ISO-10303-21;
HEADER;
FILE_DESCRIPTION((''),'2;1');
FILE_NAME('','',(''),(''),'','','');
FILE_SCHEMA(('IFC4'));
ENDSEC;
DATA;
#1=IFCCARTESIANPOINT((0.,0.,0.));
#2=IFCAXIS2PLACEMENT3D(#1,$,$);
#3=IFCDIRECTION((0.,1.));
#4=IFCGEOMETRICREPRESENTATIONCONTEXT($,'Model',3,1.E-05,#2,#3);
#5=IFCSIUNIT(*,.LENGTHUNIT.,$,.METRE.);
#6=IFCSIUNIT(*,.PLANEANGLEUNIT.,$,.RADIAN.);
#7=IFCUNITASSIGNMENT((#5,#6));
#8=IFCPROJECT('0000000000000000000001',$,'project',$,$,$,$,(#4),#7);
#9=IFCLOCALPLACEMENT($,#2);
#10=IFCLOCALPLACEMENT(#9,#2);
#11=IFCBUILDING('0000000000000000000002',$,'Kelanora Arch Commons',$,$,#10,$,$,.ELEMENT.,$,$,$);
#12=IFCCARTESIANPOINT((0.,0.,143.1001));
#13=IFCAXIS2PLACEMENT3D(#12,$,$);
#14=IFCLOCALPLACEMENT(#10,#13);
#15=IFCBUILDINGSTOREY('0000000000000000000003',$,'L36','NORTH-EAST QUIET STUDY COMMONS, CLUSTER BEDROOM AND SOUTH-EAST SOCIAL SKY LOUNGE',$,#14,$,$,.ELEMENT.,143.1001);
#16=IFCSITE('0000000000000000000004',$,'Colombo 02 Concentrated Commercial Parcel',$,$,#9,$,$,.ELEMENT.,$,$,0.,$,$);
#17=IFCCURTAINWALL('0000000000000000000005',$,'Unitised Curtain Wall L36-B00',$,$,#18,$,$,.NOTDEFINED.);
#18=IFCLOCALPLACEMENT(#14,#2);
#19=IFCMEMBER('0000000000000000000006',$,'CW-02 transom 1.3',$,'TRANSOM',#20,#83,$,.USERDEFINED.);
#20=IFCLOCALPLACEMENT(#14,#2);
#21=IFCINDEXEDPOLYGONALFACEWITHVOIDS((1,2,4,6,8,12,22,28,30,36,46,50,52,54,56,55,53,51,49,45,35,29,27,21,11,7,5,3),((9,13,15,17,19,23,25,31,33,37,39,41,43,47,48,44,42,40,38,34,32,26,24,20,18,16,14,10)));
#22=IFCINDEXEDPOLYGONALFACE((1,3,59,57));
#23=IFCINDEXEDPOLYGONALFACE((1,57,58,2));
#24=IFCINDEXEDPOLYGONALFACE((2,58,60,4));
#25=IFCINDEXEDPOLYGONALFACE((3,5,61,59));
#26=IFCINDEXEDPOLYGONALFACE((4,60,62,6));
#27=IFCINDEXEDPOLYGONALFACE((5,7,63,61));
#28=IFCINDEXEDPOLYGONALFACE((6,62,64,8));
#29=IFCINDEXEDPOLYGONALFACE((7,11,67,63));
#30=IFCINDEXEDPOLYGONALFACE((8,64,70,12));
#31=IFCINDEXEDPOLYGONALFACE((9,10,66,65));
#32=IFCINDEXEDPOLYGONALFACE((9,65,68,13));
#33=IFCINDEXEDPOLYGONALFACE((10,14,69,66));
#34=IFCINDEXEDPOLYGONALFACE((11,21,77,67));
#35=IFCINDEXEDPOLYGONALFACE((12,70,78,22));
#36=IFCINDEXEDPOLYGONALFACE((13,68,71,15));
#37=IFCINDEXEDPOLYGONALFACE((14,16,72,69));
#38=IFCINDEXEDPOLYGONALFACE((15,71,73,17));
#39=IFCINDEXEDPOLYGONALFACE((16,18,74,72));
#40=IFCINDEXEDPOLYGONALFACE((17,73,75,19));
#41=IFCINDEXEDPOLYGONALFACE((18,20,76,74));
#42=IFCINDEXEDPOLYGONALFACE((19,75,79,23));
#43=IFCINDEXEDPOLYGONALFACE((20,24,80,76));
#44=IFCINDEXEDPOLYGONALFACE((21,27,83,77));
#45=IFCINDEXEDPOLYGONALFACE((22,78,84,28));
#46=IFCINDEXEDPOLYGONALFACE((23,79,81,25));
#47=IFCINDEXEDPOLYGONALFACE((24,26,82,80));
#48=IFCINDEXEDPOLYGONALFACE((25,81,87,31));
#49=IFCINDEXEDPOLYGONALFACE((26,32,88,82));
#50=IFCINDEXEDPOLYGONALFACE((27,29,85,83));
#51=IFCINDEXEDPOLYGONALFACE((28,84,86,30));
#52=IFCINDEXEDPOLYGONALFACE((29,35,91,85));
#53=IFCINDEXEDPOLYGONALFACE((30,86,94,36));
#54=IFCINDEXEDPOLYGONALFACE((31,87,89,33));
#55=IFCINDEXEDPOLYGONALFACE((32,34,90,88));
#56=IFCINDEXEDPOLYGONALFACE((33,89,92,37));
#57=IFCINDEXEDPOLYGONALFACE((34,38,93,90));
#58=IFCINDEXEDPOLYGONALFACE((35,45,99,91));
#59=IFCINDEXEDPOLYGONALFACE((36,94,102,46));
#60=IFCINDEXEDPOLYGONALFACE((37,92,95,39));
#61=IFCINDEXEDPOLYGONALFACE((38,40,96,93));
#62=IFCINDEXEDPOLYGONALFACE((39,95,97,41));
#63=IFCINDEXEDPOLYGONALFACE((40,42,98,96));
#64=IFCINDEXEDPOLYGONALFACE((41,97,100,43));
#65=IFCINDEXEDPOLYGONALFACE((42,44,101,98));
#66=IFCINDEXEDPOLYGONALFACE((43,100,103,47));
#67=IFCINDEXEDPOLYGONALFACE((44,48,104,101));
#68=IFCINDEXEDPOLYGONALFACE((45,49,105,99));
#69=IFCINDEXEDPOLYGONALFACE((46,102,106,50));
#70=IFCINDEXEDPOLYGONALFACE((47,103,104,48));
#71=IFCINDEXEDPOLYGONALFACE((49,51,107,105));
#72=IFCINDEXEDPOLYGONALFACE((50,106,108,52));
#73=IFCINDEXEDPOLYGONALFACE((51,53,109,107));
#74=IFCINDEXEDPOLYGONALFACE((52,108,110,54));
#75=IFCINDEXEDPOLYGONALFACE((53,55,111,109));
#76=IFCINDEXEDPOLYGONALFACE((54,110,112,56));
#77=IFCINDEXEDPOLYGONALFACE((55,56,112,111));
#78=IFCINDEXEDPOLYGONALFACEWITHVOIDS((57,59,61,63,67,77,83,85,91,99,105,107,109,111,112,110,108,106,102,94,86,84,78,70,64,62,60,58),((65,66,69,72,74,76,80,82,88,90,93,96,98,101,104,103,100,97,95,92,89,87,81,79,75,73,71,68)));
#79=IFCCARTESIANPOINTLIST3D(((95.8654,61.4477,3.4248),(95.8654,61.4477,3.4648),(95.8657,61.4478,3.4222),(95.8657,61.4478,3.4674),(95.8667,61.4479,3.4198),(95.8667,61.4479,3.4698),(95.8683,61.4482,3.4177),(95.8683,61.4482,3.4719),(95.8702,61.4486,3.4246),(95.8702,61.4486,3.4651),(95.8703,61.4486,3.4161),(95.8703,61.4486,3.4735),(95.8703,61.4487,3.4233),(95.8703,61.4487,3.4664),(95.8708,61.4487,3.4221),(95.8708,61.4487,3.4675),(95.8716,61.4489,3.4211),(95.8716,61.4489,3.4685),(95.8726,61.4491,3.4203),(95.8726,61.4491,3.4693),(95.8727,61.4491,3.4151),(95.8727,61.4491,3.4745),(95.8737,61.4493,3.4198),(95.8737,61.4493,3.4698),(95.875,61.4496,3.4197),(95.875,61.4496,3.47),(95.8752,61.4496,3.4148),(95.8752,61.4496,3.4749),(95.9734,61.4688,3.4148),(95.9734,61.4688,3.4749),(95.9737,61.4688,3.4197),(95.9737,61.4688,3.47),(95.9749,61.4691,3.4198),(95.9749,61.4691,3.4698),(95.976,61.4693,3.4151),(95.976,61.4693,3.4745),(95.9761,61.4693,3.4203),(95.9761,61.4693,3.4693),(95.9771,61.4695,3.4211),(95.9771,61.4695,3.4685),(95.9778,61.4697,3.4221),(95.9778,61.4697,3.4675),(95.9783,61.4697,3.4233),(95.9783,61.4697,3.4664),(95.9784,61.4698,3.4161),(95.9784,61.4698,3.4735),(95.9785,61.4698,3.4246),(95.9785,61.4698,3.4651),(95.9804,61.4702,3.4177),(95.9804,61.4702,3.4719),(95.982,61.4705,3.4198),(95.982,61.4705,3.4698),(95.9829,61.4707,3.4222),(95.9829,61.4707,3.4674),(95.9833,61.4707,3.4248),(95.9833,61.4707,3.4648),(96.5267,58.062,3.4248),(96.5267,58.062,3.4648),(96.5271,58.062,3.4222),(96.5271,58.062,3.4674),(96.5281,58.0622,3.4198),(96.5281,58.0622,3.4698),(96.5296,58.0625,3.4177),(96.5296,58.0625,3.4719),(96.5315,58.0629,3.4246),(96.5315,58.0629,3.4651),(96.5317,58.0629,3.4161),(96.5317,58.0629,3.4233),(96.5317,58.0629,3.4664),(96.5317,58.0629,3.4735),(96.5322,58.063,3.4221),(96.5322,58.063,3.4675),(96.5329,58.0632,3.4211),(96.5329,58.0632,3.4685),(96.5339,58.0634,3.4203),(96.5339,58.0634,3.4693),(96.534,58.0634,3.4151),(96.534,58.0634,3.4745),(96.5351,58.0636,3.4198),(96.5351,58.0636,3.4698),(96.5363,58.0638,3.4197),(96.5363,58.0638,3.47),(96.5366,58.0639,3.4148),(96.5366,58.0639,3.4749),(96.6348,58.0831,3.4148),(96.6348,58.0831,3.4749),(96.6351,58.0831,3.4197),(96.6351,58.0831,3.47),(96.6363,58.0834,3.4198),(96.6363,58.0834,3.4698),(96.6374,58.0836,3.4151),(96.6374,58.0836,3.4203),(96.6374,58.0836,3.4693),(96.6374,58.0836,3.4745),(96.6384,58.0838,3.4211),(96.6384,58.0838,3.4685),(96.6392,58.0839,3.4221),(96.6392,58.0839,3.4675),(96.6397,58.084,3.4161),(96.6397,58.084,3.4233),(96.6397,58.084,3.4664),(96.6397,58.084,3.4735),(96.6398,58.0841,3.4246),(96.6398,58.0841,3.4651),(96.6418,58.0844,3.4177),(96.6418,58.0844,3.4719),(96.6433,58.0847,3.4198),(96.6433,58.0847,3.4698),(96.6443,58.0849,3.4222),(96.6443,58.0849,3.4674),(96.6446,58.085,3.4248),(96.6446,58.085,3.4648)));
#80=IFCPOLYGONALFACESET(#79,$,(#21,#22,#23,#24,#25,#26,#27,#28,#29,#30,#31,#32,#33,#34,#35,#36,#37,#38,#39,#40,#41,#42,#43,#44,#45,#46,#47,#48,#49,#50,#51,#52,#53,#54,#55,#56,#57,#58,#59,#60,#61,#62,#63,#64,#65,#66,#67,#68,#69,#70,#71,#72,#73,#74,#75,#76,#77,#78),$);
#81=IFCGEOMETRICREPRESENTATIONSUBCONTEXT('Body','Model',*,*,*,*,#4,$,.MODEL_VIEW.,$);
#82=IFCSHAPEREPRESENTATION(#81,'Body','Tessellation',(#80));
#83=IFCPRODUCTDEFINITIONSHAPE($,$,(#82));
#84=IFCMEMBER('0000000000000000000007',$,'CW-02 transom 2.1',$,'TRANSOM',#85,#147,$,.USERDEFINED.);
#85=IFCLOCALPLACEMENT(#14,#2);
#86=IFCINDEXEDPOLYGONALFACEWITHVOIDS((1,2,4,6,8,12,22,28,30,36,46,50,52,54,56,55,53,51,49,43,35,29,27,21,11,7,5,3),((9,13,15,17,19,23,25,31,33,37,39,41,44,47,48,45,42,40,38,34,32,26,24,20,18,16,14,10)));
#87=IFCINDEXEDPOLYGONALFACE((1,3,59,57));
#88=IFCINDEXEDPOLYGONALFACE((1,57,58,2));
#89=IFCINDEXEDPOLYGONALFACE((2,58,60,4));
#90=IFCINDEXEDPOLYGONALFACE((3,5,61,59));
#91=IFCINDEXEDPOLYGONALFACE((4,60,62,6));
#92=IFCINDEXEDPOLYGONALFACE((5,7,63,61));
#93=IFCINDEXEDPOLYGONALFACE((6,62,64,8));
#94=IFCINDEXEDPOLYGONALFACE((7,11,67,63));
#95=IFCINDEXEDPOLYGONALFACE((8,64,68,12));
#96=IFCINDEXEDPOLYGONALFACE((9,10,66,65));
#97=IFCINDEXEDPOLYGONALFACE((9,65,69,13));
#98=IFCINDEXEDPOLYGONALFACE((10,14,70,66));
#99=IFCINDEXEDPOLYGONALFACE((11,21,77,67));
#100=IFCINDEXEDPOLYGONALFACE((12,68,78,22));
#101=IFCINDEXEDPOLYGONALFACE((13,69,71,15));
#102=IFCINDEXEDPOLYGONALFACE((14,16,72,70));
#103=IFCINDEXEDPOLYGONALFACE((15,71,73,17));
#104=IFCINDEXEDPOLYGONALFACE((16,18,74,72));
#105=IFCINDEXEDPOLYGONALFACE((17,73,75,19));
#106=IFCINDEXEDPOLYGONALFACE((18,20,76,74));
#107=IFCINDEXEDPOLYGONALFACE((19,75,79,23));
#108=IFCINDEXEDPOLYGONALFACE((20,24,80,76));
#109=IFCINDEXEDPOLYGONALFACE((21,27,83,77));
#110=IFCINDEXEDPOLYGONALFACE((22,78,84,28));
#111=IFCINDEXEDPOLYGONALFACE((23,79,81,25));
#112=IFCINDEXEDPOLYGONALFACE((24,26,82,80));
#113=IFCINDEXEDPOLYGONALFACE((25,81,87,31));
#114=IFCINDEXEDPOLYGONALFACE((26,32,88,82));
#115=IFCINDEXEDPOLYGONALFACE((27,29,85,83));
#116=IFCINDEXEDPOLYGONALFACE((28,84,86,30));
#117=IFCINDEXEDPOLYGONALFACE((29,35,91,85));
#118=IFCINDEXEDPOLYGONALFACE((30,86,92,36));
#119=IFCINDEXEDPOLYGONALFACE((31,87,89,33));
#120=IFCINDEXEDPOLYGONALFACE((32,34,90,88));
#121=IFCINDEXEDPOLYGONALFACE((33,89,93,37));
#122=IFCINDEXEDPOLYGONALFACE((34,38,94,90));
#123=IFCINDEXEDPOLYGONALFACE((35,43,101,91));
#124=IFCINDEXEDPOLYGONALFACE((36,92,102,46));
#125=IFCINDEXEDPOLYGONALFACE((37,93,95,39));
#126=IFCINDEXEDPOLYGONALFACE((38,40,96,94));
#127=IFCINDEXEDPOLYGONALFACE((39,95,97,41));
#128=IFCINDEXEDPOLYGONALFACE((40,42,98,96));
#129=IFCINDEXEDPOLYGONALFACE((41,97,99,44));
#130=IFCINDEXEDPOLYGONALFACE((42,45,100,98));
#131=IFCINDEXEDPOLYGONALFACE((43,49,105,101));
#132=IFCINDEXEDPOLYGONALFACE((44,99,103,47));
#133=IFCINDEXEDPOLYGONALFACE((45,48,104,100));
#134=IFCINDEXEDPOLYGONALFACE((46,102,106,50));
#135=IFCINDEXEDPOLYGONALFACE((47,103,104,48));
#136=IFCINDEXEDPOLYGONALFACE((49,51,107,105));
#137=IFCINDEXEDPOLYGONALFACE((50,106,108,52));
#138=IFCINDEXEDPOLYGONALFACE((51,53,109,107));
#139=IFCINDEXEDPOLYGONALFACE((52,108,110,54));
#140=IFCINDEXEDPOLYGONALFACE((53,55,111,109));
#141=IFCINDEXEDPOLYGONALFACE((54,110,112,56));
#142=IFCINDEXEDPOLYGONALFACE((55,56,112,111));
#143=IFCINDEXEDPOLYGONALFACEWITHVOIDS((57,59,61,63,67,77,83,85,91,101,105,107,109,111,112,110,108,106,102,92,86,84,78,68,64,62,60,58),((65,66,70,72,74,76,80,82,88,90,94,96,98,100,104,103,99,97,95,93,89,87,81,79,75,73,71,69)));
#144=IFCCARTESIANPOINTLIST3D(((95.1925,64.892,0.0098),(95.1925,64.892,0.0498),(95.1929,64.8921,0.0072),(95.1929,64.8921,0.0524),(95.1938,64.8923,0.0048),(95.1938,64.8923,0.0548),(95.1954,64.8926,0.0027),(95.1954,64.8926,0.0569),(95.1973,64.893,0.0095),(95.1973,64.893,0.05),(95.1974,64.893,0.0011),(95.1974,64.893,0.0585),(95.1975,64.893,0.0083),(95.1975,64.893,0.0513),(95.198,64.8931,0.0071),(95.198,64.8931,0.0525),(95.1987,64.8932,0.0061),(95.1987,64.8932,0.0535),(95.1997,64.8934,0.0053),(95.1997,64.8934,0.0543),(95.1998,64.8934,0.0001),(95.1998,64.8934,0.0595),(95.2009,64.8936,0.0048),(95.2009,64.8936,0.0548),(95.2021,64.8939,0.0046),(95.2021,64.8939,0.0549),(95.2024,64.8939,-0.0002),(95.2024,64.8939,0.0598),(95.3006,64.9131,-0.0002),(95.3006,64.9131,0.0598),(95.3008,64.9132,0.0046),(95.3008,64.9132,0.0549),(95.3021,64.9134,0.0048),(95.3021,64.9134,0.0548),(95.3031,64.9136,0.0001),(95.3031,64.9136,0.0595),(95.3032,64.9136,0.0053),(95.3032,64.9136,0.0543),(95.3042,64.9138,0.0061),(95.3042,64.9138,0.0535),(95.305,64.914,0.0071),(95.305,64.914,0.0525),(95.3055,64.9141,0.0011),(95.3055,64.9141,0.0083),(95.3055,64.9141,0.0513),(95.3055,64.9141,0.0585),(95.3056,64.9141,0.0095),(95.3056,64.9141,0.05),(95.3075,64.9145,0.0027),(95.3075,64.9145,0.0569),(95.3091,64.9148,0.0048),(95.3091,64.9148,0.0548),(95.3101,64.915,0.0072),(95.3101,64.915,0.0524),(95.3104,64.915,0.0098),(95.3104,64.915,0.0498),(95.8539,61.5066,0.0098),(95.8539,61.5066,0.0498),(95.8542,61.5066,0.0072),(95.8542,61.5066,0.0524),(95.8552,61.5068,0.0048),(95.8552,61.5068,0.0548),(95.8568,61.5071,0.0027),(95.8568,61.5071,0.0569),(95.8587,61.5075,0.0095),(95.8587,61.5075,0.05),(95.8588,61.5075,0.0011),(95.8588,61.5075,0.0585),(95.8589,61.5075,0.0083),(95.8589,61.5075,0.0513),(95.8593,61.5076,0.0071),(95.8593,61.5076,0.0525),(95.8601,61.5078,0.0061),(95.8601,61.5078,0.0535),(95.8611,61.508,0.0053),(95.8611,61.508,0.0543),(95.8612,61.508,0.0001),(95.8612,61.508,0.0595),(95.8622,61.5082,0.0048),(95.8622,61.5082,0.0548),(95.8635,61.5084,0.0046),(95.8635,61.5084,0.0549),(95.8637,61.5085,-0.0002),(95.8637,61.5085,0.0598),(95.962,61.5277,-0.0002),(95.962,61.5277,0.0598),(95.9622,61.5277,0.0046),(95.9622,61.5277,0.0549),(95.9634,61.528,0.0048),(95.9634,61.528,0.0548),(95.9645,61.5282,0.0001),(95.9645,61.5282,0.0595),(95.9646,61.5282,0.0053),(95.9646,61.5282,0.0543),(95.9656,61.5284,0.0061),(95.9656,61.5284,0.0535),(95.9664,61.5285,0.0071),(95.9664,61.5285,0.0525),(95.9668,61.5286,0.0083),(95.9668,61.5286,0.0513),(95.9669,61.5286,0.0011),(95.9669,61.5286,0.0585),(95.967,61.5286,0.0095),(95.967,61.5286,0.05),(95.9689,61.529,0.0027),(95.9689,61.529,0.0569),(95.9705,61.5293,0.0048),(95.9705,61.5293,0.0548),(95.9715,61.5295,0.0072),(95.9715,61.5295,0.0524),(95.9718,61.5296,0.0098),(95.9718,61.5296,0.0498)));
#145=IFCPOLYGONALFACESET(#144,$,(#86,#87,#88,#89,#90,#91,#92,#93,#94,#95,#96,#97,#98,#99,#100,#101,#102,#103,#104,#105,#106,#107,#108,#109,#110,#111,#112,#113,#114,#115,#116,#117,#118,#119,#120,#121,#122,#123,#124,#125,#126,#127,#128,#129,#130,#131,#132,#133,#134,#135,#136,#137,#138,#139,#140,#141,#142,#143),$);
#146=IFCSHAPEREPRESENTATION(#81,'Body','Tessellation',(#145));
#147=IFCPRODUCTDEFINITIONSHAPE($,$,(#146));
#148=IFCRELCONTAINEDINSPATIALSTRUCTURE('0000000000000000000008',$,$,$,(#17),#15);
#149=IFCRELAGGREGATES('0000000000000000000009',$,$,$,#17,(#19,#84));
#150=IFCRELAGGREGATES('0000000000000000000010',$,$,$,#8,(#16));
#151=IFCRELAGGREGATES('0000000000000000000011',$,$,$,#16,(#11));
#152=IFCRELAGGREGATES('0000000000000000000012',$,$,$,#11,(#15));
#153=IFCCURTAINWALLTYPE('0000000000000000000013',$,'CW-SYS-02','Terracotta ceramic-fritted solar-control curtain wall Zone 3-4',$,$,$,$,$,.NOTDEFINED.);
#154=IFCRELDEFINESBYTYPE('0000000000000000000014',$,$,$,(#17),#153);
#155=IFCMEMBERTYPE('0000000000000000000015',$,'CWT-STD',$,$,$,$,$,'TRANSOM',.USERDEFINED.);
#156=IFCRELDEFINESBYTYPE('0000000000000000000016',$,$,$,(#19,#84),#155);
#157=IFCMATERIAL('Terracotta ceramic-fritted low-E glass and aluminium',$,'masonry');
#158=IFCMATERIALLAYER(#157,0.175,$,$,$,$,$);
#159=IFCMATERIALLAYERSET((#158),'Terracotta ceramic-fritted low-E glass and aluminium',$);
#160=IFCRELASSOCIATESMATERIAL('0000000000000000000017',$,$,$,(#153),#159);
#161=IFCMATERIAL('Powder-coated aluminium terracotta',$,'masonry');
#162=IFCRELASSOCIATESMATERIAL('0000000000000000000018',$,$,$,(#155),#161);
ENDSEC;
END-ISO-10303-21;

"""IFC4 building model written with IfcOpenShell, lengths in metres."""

from ifc_helpers import new_model, si_unit, direction, frame, origin, origin_2d, place, context, subcontext, project, spatial, hollow_rectangle, extrude, material, layer, layer_set, material_profile, profile_set, type_object, element, aggregate, save


model = new_model("IFC4")

# Units and contexts
model_context = context("Model", 3, precision=1e-05, world=origin(), true_north=direction((0.0, 1.0)))
body_context = subcontext(model_context, "Body", "Model", "MODEL_VIEW")
ifc_project = project(units=[si_unit("LENGTHUNIT", "METRE"), si_unit("PLANEANGLEUNIT", "RADIAN")], contexts=[model_context])

# Site, building, storey
site_placement = place(None, origin())
site = spatial("IfcSite", under=ifc_project, at=site_placement, Name="Colombo 02 Concentrated Commercial Parcel", CompositionType="ELEMENT", RefElevation=0.0)
building_placement = place(site_placement, origin())
building = spatial("IfcBuilding", under=site, at=building_placement, Name="Kelanora Arch Commons", CompositionType="ELEMENT")
storey_placement = place(building_placement, frame((0.0, 0.0, 143.1001)))
storey = spatial("IfcBuildingStorey", under=building, at=storey_placement, Name="L36", Description="NORTH-EAST QUIET STUDY COMMONS, CLUSTER BEDROOM AND SOUTH-EAST SOCIAL SKY LOUNGE", CompositionType="ELEMENT", Elevation=143.1001)

# Curtain wall, members
ifc_material_1 = material(Name="Terracotta ceramic-fritted low-E glass and aluminium", Category="masonry")
ifc_layer_1 = layer(ifc_material_1, 0.175)
ifc_layer_set_1 = layer_set([ifc_layer_1], Name="Terracotta ceramic-fritted low-E glass and aluminium")
curtain_wall_type = type_object("IfcCurtainWallType", Name="CW-SYS-02", Description="Terracotta ceramic-fritted solar-control curtain wall Zone 3-4", PredefinedType="NOTDEFINED", material=ifc_layer_set_1)
curtain_wall_placement = place(storey_placement, origin())
curtain_wall = element("IfcCurtainWall", 1, at=curtain_wall_placement, inside=storey, type_object=curtain_wall_type, Name="Unitised Curtain Wall L36-B00", PredefinedType="NOTDEFINED")
ifc_material_2 = material(Name="Powder-coated aluminium terracotta", Category="masonry")
ifc_material_profile_1 = material_profile(ifc_material_2, hollow_rectangle(XDim=0.1201, YDim=0.0601, WallThickness=0.0049, InnerFilletRadius=0.0049, OuterFilletRadius=0.01, at=origin_2d()), Name="CWT120x60")
ifc_profile_set_1 = profile_set([ifc_material_profile_1], Name="Powder-coated aluminium terracotta")
member_type_1 = type_object("IfcMemberType", Name="CWT-STD", ElementType="TRANSOM", PredefinedType="USERDEFINED", material=ifc_profile_set_1)
member_1_placement = place(storey_placement, frame((96.5857, 58.0735, 3.4448), z_axis=(-0.191718, 0.98145, 0.0), x_axis=(-0.98145, -0.191718, 0.0)))
member_1 = element("IfcMember", 2, at=member_1_placement, type_object=member_type_1, Name="CW-02 transom 1.3", ObjectType="TRANSOM", PredefinedType="USERDEFINED", context=body_context, shape_type="SweptSolid", body=[
    extrude(hollow_rectangle(XDim=0.1201, YDim=0.0601, WallThickness=0.0049, InnerFilletRadius=0.0049, OuterFilletRadius=0.01, at=origin_2d()), origin(), (0.0, 0.0, 1.0), 3.4497),
])
member_2_placement = place(storey_placement, frame((95.9128, 61.5181, 0.0298), z_axis=(-0.191732, 0.981447, 0.0), x_axis=(-0.981447, -0.191732, 0.0)))
member_2 = element("IfcMember", 3, at=member_2_placement, type_object=member_type_1, Name="CW-02 transom 2.1", ObjectType="TRANSOM", PredefinedType="USERDEFINED", context=body_context, shape_type="SweptSolid", body=[
    extrude(hollow_rectangle(XDim=0.1201, YDim=0.0601, WallThickness=0.0049, InnerFilletRadius=0.0049, OuterFilletRadius=0.01, at=origin_2d()), origin(), (0.0, 0.0, 1.0), 3.4495),
])
aggregate(curtain_wall, [member_1, member_2])

save(model, "model.ifc")
